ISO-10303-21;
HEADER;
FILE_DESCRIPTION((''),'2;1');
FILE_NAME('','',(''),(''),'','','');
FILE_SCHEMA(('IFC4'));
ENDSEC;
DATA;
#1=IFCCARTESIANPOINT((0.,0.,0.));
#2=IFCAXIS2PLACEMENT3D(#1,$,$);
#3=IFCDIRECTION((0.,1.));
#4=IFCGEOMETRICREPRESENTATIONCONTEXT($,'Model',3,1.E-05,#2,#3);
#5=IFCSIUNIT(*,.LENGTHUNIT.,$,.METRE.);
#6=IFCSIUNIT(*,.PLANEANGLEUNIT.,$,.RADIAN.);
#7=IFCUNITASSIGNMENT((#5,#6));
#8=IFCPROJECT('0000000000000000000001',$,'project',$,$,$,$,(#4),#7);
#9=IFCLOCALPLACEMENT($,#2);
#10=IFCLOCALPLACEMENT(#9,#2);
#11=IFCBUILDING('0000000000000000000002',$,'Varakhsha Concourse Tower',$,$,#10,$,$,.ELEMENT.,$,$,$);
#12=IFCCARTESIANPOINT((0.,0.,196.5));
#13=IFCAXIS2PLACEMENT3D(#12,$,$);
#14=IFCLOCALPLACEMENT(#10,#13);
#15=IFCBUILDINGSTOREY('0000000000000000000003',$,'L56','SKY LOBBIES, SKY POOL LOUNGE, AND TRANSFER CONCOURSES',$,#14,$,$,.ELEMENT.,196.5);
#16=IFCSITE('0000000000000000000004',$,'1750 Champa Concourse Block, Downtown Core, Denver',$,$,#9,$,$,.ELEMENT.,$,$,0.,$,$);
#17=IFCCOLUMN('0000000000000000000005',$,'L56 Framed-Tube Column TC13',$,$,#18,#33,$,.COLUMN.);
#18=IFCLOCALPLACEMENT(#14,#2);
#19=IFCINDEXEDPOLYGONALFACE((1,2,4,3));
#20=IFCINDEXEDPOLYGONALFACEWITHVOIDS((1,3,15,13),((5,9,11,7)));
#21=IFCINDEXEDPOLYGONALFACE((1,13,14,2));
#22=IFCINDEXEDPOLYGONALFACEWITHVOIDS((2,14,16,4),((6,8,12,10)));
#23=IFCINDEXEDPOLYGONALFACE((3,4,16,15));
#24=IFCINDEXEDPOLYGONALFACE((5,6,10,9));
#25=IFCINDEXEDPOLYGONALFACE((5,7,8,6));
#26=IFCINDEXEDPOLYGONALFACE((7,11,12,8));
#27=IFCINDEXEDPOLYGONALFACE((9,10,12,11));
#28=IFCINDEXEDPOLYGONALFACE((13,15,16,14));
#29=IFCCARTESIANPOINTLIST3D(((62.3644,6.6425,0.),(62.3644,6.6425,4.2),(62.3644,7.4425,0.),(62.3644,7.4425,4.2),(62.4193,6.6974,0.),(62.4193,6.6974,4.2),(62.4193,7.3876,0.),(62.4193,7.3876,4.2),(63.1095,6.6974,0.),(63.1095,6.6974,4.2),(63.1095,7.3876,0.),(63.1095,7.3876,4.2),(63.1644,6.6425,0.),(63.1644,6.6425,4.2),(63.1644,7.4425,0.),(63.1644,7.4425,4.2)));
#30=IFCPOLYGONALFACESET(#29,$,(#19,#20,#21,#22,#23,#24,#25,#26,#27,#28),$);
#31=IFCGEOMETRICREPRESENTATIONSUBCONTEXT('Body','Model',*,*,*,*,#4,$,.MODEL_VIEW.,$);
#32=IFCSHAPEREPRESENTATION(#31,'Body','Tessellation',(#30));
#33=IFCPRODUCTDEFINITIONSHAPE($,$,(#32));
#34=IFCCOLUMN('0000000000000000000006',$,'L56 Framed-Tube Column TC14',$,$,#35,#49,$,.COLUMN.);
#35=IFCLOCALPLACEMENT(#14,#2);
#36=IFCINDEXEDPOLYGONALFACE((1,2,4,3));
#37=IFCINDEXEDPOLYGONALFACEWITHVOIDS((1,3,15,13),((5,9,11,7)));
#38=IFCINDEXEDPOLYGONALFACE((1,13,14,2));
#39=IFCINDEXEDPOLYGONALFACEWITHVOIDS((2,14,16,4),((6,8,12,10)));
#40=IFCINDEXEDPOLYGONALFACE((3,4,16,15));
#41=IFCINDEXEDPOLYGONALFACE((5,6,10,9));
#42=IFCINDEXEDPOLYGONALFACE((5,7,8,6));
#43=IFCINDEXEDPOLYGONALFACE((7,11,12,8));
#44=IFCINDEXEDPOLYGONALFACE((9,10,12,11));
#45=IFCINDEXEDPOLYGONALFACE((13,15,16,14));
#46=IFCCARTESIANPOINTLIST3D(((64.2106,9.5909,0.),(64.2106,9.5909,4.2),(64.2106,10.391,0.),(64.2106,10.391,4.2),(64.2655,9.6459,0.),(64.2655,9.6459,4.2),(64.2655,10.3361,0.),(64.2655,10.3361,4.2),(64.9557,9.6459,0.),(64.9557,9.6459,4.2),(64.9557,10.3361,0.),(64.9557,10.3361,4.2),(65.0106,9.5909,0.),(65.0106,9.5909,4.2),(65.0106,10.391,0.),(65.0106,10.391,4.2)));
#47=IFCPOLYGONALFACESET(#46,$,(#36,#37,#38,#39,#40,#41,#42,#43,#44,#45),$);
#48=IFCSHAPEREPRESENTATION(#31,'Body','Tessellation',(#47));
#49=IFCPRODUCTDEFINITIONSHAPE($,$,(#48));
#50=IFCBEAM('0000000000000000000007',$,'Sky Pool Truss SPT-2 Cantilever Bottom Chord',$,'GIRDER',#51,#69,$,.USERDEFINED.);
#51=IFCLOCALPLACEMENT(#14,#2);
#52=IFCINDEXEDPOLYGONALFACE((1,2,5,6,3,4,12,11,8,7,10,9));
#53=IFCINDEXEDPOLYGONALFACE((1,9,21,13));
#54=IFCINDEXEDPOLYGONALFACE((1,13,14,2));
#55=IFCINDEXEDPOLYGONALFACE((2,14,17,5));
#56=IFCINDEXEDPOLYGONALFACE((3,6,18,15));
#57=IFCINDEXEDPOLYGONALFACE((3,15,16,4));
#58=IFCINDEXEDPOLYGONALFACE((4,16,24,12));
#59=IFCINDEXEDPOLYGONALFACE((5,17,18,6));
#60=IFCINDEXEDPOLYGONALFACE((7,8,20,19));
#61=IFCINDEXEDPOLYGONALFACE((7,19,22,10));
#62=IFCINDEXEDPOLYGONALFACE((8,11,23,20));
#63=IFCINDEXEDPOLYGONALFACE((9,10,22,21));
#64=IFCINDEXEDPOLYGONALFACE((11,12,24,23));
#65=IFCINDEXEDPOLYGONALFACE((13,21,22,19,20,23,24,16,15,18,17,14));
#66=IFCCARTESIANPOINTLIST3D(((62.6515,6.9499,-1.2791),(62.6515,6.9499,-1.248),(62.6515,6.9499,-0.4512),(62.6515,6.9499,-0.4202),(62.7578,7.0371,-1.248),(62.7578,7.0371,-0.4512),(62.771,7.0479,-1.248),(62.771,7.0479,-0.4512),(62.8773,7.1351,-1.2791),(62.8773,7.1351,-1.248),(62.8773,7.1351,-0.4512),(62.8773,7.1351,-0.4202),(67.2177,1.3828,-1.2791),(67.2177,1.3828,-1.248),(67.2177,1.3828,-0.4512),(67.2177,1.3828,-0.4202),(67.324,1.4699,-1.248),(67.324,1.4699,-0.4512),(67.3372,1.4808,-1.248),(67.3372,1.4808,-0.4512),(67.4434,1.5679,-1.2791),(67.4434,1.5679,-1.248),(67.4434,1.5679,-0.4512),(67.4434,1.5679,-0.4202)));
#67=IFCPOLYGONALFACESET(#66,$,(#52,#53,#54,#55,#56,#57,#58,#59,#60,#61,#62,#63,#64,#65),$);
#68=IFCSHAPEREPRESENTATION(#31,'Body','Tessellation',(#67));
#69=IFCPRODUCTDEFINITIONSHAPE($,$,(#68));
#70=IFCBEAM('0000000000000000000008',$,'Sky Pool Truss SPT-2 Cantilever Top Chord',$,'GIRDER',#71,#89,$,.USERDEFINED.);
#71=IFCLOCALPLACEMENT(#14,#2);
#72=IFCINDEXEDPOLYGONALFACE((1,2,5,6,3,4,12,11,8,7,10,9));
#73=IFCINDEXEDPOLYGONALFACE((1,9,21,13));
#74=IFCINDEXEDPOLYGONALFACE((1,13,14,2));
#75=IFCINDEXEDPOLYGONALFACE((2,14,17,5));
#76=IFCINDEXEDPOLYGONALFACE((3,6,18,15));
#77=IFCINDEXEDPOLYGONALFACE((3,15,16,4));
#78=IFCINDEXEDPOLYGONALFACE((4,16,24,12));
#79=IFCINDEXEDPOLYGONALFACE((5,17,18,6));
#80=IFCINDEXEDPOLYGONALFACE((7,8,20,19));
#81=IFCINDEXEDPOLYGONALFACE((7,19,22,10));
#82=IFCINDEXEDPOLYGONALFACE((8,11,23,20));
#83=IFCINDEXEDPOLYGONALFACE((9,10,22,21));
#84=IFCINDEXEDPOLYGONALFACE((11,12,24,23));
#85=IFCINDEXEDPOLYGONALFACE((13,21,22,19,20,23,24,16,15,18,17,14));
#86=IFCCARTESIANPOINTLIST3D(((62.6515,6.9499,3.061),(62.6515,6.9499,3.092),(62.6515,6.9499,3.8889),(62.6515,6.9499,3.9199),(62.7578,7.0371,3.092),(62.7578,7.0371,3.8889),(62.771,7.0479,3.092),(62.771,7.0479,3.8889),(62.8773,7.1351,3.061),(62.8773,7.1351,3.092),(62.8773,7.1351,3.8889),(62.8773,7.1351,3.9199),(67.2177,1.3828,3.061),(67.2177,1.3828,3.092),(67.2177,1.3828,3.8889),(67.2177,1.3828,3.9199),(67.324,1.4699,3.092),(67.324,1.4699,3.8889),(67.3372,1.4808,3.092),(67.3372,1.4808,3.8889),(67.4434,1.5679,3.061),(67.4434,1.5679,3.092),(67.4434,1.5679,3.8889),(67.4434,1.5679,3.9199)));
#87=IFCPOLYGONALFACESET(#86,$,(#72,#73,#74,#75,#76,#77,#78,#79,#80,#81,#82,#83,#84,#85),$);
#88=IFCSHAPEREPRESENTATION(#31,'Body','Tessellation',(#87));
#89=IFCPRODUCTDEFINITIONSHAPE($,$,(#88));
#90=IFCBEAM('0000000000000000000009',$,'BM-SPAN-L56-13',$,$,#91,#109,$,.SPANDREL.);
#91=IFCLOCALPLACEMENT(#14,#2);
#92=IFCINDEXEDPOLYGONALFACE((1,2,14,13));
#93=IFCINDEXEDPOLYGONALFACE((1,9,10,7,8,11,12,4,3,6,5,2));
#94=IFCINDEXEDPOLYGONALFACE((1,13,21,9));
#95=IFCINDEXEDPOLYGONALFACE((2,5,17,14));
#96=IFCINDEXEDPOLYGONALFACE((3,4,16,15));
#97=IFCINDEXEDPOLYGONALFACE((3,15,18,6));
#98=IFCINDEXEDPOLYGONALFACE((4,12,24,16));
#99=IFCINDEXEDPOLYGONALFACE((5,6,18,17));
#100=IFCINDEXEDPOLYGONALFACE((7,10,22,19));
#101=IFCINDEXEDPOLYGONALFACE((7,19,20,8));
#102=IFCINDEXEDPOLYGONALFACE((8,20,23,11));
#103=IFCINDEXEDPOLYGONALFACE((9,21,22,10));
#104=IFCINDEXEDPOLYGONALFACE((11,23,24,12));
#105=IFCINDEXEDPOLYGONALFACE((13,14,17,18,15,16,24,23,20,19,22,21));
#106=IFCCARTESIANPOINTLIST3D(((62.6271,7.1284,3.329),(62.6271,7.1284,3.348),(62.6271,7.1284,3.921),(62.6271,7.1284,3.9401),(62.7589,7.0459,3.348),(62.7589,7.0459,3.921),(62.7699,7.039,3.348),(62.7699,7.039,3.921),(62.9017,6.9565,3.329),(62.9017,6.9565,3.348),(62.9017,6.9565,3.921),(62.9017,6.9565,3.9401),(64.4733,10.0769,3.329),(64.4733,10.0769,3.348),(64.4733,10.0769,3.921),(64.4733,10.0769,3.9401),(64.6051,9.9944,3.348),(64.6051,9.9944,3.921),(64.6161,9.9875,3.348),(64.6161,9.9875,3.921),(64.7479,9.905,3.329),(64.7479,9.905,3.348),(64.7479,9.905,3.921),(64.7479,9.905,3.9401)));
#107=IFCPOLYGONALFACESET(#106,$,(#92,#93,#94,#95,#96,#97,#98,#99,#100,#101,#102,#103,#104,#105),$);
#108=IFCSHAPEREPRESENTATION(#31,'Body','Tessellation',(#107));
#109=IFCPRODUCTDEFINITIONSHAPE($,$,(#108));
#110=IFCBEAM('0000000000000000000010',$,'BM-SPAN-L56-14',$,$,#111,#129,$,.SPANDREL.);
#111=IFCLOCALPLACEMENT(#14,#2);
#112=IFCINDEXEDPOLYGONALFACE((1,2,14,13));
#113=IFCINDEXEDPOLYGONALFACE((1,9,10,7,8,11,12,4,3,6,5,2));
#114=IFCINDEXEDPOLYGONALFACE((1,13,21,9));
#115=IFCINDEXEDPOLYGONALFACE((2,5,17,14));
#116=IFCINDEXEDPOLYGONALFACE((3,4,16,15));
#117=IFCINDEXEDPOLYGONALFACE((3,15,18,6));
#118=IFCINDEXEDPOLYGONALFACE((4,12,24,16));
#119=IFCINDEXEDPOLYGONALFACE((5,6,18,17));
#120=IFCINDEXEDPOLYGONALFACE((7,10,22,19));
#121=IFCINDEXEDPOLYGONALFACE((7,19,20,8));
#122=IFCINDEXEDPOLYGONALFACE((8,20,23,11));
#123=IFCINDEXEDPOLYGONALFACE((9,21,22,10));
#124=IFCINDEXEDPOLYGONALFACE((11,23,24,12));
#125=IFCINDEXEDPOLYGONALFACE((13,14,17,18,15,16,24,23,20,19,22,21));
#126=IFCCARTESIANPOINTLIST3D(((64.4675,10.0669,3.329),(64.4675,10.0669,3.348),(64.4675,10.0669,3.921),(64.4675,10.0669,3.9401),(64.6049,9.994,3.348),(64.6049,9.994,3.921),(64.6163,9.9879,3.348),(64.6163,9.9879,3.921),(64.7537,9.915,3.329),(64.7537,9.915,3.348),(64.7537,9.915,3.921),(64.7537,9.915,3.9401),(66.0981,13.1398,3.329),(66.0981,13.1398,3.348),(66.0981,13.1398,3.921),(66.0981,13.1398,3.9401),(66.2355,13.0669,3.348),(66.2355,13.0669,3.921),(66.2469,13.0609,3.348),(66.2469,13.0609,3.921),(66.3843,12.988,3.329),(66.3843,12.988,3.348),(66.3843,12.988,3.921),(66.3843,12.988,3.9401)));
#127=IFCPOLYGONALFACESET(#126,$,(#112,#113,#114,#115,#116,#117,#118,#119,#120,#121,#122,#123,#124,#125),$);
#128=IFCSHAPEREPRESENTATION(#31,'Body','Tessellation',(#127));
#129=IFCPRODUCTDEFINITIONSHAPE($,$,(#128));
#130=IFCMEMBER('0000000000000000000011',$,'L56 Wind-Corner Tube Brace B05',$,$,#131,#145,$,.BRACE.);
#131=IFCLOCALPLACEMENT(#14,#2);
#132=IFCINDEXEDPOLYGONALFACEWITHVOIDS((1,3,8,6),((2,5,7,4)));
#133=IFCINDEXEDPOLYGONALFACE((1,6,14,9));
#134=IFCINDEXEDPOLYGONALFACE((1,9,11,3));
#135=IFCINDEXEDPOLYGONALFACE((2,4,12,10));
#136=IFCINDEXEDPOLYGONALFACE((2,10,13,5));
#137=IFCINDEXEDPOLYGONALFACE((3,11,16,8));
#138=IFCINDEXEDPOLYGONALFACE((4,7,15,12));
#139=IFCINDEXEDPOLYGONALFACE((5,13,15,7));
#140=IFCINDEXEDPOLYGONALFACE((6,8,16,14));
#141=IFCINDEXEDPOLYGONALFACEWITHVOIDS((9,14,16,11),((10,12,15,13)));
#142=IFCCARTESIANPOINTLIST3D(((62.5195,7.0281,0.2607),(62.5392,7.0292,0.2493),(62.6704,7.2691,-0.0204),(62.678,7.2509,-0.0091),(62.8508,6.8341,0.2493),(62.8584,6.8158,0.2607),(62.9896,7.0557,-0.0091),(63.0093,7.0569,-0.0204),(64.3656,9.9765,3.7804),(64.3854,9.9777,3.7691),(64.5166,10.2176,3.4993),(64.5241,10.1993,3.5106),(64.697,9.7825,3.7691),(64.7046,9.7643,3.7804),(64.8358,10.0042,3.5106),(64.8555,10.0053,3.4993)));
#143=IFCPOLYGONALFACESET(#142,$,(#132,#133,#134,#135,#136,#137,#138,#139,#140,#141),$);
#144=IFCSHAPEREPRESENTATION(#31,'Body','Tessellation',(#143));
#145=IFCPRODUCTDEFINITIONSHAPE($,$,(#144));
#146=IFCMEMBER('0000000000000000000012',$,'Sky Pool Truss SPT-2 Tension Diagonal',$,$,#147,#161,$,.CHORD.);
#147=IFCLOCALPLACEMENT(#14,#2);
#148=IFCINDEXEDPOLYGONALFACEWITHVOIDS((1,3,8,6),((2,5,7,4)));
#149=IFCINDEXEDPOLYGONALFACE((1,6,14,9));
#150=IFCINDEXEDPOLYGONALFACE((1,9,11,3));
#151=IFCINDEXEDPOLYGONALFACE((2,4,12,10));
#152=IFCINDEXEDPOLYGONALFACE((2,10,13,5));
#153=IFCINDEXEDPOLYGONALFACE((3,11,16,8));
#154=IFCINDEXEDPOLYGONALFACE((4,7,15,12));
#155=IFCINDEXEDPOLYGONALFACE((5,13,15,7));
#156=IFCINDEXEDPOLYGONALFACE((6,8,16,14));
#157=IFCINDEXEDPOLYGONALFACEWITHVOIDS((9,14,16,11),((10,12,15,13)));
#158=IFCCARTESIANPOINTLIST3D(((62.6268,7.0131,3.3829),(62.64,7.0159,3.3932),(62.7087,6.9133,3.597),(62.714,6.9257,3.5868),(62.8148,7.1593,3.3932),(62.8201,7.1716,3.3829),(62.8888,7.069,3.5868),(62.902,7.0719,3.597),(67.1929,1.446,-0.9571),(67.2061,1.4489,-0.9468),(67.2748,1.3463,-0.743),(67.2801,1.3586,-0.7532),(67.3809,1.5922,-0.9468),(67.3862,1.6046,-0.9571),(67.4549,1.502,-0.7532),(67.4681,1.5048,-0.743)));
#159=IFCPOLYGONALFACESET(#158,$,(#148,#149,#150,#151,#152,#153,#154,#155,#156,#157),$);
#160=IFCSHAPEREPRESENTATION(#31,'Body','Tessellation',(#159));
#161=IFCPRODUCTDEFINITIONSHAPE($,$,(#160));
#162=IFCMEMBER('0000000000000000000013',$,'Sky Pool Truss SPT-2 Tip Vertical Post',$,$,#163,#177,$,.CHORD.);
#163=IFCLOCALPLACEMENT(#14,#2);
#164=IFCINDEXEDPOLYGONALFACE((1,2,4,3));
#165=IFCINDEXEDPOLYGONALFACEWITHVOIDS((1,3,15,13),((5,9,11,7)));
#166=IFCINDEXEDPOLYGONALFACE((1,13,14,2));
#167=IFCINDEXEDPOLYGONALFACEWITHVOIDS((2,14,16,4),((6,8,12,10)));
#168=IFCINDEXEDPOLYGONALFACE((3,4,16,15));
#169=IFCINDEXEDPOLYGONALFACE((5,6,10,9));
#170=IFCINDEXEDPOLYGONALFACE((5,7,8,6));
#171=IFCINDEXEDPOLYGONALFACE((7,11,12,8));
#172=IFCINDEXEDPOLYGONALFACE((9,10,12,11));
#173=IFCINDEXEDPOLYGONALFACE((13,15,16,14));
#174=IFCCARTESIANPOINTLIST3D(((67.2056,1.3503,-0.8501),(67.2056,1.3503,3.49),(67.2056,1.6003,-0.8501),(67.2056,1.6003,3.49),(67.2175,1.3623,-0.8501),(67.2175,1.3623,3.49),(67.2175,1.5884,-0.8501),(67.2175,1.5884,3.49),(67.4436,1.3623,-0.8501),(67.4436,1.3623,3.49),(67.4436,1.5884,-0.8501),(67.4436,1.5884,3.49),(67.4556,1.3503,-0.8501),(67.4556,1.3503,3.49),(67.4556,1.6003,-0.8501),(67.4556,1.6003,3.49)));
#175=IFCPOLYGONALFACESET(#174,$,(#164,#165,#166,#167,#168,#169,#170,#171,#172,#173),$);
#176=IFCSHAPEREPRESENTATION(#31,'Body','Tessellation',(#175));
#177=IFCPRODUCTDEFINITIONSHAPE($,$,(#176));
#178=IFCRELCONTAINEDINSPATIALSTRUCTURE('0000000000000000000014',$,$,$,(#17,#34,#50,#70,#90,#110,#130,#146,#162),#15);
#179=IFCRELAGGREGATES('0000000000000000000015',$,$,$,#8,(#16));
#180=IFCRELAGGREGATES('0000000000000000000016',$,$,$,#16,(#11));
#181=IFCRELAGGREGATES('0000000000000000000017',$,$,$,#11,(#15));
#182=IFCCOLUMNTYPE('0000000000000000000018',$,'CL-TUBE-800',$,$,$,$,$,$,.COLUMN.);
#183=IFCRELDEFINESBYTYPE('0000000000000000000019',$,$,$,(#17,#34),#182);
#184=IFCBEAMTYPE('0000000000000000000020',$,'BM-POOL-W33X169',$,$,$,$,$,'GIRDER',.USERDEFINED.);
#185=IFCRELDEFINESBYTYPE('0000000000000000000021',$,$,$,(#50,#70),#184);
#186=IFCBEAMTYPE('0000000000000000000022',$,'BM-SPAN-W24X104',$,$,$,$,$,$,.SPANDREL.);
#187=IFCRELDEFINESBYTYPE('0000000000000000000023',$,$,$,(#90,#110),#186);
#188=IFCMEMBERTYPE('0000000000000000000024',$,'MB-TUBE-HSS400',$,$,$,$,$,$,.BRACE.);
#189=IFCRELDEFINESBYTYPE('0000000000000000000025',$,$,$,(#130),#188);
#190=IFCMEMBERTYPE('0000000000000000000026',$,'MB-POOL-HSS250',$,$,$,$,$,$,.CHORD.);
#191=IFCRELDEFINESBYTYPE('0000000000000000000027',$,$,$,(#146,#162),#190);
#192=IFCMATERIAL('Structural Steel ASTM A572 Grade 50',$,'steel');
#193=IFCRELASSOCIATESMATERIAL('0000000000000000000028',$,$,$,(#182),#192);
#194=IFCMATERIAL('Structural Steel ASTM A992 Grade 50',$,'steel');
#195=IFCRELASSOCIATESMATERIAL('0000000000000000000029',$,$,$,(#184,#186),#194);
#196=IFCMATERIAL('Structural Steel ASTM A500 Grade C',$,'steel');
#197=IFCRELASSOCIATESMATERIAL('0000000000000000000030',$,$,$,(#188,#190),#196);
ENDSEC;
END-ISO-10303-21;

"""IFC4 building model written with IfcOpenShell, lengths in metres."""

from ifc_helpers import new_model, si_unit, direction, frame, origin, origin_2d, place, context, subcontext, project, spatial, hollow_rectangle, i_section, extrude, source, transform, mapped, material, material_profile, profile_set, type_object, type_shapes, element, save


model = new_model("IFC4")

# Units and contexts
model_context = context("Model", 3, precision=1e-05, world=origin(), true_north=direction((0.0, 1.0)))
body_context = subcontext(model_context, "Body", "Model", "MODEL_VIEW")
ifc_project = project(units=[si_unit("LENGTHUNIT", "METRE"), si_unit("PLANEANGLEUNIT", "RADIAN")], contexts=[model_context])

# Site, building, storey
site_placement = place(None, origin())
site = spatial("IfcSite", under=ifc_project, at=site_placement, Name="1750 Champa Concourse Block, Downtown Core, Denver", CompositionType="ELEMENT", RefElevation=0.0)
building_placement = place(site_placement, origin())
building = spatial("IfcBuilding", under=site, at=building_placement, Name="Varakhsha Concourse Tower", CompositionType="ELEMENT")
storey_placement = place(building_placement, frame((0.0, 0.0, 196.5)))
storey = spatial("IfcBuildingStorey", under=building, at=storey_placement, Name="L56", Description="SKY LOBBIES, SKY POOL LOUNGE, AND TRANSFER CONCOURSES", CompositionType="ELEMENT", Elevation=196.5)

# Columns
ifc_material_1 = material(Name="Structural Steel ASTM A572 Grade 50", Category="steel")
ifc_material_profile_1 = material_profile(ifc_material_1, hollow_rectangle(XDim=0.8, YDim=0.8, WallThickness=0.0549, at=origin_2d()), Name="BOX 800x800x55")
ifc_profile_set_1 = profile_set([ifc_material_profile_1], Name="Structural Steel ASTM A572 Grade 50")
column_type = type_object("IfcColumnType", Name="CL-TUBE-800", PredefinedType="COLUMN", material=ifc_profile_set_1)
for number, where, z_axis, x_axis, name in (
    (1, (62.7644, 7.0425, 0.0), (0.0, 0.0, 1.0), (1.0, 0.0, 0.0), "L56 Framed-Tube Column TC13"),
    (2, (64.6106, 9.991, 0.0), (0.0, 0.0, 1.0), (1.0, 0.0, 0.0), "L56 Framed-Tube Column TC14"),
):
    element("IfcColumn", number, at=place(storey_placement, frame(where, z_axis=z_axis, x_axis=x_axis)), inside=storey, type_object=column_type, Name=name, PredefinedType="COLUMN", context=body_context, shape_type="SweptSolid", body=[
        extrude(hollow_rectangle(XDim=0.8, YDim=0.8, WallThickness=0.0549, at=origin_2d()), origin(), (0.0, 0.0, 1.0), 4.2),
    ])

# Beams
ifc_material_2 = material(Name="Structural Steel ASTM A992 Grade 50", Category="steel")
ifc_material_profile_2 = material_profile(ifc_material_2, i_section(OverallWidth=0.292, OverallDepth=0.8589, WebThickness=0.0171, FlangeThickness=0.031, at=origin_2d()), Name="W33X169")
ifc_profile_set_2 = profile_set([ifc_material_profile_2], Name="Structural Steel ASTM A992 Grade 50")
beam_type_1 = type_object("IfcBeamType", Name="BM-POOL-W33X169", ElementType="GIRDER", PredefinedType="USERDEFINED", material=ifc_profile_set_2)
for number, where, z_axis, x_axis, name in (
    (3, (62.7644, 7.0425, -0.8496), (0.634172, -0.773192, 0.0), (0.773192, 0.634172, 0.0), "Sky Pool Truss SPT-2 Cantilever Bottom Chord"),
    (4, (62.7644, 7.0425, 3.4905), (0.634172, -0.773192, 0.0), (0.773192, 0.634172, 0.0), "Sky Pool Truss SPT-2 Cantilever Top Chord"),
):
    element("IfcBeam", number, at=place(storey_placement, frame(where, z_axis=z_axis, x_axis=x_axis)), inside=storey, type_object=beam_type_1, Name=name, ObjectType="GIRDER", PredefinedType="USERDEFINED", context=body_context, shape_type="SweptSolid", body=[
        extrude(i_section(OverallWidth=0.292, OverallDepth=0.8589, WebThickness=0.0171, FlangeThickness=0.031, at=origin_2d()), origin(), (0.0, 0.0, 1.0), 7.2002),
    ])
ifc_material_profile_3 = material_profile(ifc_material_2, i_section(OverallWidth=0.324, OverallDepth=0.6111, WebThickness=0.0129, FlangeThickness=0.019, at=origin_2d()), Name="W24X104")
ifc_profile_set_3 = profile_set([ifc_material_profile_3], Name="Structural Steel ASTM A992 Grade 50")
beam_type_2 = type_object("IfcBeamType", Name="BM-SPAN-W24X104", PredefinedType="SPANDREL", material=ifc_profile_set_3)
for number, where, z_axis, x_axis, name in (
    (5, (62.7644, 7.0425, 3.6345), (0.530699, 0.84756, 0.0), (-0.84756, 0.530699, 0.0), "BM-SPAN-L56-13"),
    (6, (64.6106, 9.991, 3.6345), (0.468726, 0.883344, 0.0), (-0.883344, 0.468726, 0.0), "BM-SPAN-L56-14"),
):
    element("IfcBeam", number, at=place(storey_placement, frame(where, z_axis=z_axis, x_axis=x_axis)), inside=storey, type_object=beam_type_2, Name=name, PredefinedType="SPANDREL", context=body_context, shape_type="SweptSolid", body=[
        extrude(i_section(OverallWidth=0.324, OverallDepth=0.6111, WebThickness=0.0129, FlangeThickness=0.019, at=origin_2d()), origin(), (0.0, 0.0, 1.0), 3.4788),
    ])

# Members
ifc_material_3 = material(Name="Structural Steel ASTM A500 Grade C", Category="steel")
ifc_material_profile_4 = material_profile(ifc_material_3, hollow_rectangle(XDim=0.3999, YDim=0.3999, WallThickness=0.0161, at=origin_2d()), Name="HSS 400x400x16")
ifc_profile_set_4 = profile_set([ifc_material_profile_4], Name="Structural Steel ASTM A500 Grade C")
member_type_1 = type_object("IfcMemberType", Name="MB-TUBE-HSS400", PredefinedType="BRACE", material=ifc_profile_set_4)
shared_shape_1 = source(origin(), body_context, "Body", "SweptSolid", [
    extrude(hollow_rectangle(XDim=0.3999, YDim=0.3999, WallThickness=0.0161, at=origin_2d()), origin(), (0.0, 0.0, 1.0), 4.9487),
])
type_shapes(member_type_1, [shared_shape_1])
member_1_placement = place(storey_placement, frame((62.7644, 7.0425, 0.1201), z_axis=(0.373057, 0.595796, 0.711235), x_axis=(-0.84756, 0.530699, 0.0)))
element("IfcMember", 7, at=member_1_placement, inside=storey, type_object=member_type_1, Name="L56 Wind-Corner Tube Brace B05", PredefinedType="BRACE", context=body_context, shape_type="MappedRepresentation", body=[
    mapped(shared_shape_1, transform((0.0, 0.0, 0.0), scale=1.0)),
])
ifc_material_profile_5 = material_profile(ifc_material_3, hollow_rectangle(XDim=0.25, YDim=0.25, WallThickness=0.012, at=origin_2d()), Name="HSS 250x250x12")
ifc_profile_set_5 = profile_set([ifc_material_profile_5], Name="Structural Steel ASTM A500 Grade C")
member_type_2 = type_object("IfcMemberType", Name="MB-POOL-HSS250", PredefinedType="CHORD", material=ifc_profile_set_5)
shared_shape_2 = source(origin(), body_context, "Body", "SweptSolid", [
    extrude(hollow_rectangle(XDim=0.25, YDim=0.25, WallThickness=0.012, at=origin_2d()), origin(), (0.0, 0.0, 1.0), 8.407),
])
member_2_placement = place(storey_placement, frame((62.7644, 7.0425, 3.49), z_axis=(0.543132, -0.662195, -0.516241), x_axis=(0.773192, 0.634172, 0.0)))
element("IfcMember", 8, at=member_2_placement, inside=storey, type_object=member_type_2, Name="Sky Pool Truss SPT-2 Tension Diagonal", PredefinedType="CHORD", context=body_context, shape_type="MappedRepresentation", body=[
    mapped(shared_shape_2, transform((0.0, 0.0, 0.0), scale=1.0)),
])
shared_shape_3 = source(origin(), body_context, "Body", "SweptSolid", [
    extrude(hollow_rectangle(XDim=0.25, YDim=0.25, WallThickness=0.012, at=origin_2d()), origin(), (0.0, 0.0, 1.0), 4.3401),
])
type_shapes(member_type_2, [shared_shape_2, shared_shape_3])
member_3_placement = place(storey_placement, frame((67.3306, 1.4753, -0.8501), z_axis=(0.0, 0.0, 1.0), x_axis=(1.0, 0.0, 0.0)))
element("IfcMember", 9, at=member_3_placement, inside=storey, type_object=member_type_2, Name="Sky Pool Truss SPT-2 Tip Vertical Post", PredefinedType="CHORD", context=body_context, shape_type="MappedRepresentation", body=[
    mapped(shared_shape_3, transform((0.0, 0.0, 0.0), scale=1.0)),
])

save(model, "model.ifc")
